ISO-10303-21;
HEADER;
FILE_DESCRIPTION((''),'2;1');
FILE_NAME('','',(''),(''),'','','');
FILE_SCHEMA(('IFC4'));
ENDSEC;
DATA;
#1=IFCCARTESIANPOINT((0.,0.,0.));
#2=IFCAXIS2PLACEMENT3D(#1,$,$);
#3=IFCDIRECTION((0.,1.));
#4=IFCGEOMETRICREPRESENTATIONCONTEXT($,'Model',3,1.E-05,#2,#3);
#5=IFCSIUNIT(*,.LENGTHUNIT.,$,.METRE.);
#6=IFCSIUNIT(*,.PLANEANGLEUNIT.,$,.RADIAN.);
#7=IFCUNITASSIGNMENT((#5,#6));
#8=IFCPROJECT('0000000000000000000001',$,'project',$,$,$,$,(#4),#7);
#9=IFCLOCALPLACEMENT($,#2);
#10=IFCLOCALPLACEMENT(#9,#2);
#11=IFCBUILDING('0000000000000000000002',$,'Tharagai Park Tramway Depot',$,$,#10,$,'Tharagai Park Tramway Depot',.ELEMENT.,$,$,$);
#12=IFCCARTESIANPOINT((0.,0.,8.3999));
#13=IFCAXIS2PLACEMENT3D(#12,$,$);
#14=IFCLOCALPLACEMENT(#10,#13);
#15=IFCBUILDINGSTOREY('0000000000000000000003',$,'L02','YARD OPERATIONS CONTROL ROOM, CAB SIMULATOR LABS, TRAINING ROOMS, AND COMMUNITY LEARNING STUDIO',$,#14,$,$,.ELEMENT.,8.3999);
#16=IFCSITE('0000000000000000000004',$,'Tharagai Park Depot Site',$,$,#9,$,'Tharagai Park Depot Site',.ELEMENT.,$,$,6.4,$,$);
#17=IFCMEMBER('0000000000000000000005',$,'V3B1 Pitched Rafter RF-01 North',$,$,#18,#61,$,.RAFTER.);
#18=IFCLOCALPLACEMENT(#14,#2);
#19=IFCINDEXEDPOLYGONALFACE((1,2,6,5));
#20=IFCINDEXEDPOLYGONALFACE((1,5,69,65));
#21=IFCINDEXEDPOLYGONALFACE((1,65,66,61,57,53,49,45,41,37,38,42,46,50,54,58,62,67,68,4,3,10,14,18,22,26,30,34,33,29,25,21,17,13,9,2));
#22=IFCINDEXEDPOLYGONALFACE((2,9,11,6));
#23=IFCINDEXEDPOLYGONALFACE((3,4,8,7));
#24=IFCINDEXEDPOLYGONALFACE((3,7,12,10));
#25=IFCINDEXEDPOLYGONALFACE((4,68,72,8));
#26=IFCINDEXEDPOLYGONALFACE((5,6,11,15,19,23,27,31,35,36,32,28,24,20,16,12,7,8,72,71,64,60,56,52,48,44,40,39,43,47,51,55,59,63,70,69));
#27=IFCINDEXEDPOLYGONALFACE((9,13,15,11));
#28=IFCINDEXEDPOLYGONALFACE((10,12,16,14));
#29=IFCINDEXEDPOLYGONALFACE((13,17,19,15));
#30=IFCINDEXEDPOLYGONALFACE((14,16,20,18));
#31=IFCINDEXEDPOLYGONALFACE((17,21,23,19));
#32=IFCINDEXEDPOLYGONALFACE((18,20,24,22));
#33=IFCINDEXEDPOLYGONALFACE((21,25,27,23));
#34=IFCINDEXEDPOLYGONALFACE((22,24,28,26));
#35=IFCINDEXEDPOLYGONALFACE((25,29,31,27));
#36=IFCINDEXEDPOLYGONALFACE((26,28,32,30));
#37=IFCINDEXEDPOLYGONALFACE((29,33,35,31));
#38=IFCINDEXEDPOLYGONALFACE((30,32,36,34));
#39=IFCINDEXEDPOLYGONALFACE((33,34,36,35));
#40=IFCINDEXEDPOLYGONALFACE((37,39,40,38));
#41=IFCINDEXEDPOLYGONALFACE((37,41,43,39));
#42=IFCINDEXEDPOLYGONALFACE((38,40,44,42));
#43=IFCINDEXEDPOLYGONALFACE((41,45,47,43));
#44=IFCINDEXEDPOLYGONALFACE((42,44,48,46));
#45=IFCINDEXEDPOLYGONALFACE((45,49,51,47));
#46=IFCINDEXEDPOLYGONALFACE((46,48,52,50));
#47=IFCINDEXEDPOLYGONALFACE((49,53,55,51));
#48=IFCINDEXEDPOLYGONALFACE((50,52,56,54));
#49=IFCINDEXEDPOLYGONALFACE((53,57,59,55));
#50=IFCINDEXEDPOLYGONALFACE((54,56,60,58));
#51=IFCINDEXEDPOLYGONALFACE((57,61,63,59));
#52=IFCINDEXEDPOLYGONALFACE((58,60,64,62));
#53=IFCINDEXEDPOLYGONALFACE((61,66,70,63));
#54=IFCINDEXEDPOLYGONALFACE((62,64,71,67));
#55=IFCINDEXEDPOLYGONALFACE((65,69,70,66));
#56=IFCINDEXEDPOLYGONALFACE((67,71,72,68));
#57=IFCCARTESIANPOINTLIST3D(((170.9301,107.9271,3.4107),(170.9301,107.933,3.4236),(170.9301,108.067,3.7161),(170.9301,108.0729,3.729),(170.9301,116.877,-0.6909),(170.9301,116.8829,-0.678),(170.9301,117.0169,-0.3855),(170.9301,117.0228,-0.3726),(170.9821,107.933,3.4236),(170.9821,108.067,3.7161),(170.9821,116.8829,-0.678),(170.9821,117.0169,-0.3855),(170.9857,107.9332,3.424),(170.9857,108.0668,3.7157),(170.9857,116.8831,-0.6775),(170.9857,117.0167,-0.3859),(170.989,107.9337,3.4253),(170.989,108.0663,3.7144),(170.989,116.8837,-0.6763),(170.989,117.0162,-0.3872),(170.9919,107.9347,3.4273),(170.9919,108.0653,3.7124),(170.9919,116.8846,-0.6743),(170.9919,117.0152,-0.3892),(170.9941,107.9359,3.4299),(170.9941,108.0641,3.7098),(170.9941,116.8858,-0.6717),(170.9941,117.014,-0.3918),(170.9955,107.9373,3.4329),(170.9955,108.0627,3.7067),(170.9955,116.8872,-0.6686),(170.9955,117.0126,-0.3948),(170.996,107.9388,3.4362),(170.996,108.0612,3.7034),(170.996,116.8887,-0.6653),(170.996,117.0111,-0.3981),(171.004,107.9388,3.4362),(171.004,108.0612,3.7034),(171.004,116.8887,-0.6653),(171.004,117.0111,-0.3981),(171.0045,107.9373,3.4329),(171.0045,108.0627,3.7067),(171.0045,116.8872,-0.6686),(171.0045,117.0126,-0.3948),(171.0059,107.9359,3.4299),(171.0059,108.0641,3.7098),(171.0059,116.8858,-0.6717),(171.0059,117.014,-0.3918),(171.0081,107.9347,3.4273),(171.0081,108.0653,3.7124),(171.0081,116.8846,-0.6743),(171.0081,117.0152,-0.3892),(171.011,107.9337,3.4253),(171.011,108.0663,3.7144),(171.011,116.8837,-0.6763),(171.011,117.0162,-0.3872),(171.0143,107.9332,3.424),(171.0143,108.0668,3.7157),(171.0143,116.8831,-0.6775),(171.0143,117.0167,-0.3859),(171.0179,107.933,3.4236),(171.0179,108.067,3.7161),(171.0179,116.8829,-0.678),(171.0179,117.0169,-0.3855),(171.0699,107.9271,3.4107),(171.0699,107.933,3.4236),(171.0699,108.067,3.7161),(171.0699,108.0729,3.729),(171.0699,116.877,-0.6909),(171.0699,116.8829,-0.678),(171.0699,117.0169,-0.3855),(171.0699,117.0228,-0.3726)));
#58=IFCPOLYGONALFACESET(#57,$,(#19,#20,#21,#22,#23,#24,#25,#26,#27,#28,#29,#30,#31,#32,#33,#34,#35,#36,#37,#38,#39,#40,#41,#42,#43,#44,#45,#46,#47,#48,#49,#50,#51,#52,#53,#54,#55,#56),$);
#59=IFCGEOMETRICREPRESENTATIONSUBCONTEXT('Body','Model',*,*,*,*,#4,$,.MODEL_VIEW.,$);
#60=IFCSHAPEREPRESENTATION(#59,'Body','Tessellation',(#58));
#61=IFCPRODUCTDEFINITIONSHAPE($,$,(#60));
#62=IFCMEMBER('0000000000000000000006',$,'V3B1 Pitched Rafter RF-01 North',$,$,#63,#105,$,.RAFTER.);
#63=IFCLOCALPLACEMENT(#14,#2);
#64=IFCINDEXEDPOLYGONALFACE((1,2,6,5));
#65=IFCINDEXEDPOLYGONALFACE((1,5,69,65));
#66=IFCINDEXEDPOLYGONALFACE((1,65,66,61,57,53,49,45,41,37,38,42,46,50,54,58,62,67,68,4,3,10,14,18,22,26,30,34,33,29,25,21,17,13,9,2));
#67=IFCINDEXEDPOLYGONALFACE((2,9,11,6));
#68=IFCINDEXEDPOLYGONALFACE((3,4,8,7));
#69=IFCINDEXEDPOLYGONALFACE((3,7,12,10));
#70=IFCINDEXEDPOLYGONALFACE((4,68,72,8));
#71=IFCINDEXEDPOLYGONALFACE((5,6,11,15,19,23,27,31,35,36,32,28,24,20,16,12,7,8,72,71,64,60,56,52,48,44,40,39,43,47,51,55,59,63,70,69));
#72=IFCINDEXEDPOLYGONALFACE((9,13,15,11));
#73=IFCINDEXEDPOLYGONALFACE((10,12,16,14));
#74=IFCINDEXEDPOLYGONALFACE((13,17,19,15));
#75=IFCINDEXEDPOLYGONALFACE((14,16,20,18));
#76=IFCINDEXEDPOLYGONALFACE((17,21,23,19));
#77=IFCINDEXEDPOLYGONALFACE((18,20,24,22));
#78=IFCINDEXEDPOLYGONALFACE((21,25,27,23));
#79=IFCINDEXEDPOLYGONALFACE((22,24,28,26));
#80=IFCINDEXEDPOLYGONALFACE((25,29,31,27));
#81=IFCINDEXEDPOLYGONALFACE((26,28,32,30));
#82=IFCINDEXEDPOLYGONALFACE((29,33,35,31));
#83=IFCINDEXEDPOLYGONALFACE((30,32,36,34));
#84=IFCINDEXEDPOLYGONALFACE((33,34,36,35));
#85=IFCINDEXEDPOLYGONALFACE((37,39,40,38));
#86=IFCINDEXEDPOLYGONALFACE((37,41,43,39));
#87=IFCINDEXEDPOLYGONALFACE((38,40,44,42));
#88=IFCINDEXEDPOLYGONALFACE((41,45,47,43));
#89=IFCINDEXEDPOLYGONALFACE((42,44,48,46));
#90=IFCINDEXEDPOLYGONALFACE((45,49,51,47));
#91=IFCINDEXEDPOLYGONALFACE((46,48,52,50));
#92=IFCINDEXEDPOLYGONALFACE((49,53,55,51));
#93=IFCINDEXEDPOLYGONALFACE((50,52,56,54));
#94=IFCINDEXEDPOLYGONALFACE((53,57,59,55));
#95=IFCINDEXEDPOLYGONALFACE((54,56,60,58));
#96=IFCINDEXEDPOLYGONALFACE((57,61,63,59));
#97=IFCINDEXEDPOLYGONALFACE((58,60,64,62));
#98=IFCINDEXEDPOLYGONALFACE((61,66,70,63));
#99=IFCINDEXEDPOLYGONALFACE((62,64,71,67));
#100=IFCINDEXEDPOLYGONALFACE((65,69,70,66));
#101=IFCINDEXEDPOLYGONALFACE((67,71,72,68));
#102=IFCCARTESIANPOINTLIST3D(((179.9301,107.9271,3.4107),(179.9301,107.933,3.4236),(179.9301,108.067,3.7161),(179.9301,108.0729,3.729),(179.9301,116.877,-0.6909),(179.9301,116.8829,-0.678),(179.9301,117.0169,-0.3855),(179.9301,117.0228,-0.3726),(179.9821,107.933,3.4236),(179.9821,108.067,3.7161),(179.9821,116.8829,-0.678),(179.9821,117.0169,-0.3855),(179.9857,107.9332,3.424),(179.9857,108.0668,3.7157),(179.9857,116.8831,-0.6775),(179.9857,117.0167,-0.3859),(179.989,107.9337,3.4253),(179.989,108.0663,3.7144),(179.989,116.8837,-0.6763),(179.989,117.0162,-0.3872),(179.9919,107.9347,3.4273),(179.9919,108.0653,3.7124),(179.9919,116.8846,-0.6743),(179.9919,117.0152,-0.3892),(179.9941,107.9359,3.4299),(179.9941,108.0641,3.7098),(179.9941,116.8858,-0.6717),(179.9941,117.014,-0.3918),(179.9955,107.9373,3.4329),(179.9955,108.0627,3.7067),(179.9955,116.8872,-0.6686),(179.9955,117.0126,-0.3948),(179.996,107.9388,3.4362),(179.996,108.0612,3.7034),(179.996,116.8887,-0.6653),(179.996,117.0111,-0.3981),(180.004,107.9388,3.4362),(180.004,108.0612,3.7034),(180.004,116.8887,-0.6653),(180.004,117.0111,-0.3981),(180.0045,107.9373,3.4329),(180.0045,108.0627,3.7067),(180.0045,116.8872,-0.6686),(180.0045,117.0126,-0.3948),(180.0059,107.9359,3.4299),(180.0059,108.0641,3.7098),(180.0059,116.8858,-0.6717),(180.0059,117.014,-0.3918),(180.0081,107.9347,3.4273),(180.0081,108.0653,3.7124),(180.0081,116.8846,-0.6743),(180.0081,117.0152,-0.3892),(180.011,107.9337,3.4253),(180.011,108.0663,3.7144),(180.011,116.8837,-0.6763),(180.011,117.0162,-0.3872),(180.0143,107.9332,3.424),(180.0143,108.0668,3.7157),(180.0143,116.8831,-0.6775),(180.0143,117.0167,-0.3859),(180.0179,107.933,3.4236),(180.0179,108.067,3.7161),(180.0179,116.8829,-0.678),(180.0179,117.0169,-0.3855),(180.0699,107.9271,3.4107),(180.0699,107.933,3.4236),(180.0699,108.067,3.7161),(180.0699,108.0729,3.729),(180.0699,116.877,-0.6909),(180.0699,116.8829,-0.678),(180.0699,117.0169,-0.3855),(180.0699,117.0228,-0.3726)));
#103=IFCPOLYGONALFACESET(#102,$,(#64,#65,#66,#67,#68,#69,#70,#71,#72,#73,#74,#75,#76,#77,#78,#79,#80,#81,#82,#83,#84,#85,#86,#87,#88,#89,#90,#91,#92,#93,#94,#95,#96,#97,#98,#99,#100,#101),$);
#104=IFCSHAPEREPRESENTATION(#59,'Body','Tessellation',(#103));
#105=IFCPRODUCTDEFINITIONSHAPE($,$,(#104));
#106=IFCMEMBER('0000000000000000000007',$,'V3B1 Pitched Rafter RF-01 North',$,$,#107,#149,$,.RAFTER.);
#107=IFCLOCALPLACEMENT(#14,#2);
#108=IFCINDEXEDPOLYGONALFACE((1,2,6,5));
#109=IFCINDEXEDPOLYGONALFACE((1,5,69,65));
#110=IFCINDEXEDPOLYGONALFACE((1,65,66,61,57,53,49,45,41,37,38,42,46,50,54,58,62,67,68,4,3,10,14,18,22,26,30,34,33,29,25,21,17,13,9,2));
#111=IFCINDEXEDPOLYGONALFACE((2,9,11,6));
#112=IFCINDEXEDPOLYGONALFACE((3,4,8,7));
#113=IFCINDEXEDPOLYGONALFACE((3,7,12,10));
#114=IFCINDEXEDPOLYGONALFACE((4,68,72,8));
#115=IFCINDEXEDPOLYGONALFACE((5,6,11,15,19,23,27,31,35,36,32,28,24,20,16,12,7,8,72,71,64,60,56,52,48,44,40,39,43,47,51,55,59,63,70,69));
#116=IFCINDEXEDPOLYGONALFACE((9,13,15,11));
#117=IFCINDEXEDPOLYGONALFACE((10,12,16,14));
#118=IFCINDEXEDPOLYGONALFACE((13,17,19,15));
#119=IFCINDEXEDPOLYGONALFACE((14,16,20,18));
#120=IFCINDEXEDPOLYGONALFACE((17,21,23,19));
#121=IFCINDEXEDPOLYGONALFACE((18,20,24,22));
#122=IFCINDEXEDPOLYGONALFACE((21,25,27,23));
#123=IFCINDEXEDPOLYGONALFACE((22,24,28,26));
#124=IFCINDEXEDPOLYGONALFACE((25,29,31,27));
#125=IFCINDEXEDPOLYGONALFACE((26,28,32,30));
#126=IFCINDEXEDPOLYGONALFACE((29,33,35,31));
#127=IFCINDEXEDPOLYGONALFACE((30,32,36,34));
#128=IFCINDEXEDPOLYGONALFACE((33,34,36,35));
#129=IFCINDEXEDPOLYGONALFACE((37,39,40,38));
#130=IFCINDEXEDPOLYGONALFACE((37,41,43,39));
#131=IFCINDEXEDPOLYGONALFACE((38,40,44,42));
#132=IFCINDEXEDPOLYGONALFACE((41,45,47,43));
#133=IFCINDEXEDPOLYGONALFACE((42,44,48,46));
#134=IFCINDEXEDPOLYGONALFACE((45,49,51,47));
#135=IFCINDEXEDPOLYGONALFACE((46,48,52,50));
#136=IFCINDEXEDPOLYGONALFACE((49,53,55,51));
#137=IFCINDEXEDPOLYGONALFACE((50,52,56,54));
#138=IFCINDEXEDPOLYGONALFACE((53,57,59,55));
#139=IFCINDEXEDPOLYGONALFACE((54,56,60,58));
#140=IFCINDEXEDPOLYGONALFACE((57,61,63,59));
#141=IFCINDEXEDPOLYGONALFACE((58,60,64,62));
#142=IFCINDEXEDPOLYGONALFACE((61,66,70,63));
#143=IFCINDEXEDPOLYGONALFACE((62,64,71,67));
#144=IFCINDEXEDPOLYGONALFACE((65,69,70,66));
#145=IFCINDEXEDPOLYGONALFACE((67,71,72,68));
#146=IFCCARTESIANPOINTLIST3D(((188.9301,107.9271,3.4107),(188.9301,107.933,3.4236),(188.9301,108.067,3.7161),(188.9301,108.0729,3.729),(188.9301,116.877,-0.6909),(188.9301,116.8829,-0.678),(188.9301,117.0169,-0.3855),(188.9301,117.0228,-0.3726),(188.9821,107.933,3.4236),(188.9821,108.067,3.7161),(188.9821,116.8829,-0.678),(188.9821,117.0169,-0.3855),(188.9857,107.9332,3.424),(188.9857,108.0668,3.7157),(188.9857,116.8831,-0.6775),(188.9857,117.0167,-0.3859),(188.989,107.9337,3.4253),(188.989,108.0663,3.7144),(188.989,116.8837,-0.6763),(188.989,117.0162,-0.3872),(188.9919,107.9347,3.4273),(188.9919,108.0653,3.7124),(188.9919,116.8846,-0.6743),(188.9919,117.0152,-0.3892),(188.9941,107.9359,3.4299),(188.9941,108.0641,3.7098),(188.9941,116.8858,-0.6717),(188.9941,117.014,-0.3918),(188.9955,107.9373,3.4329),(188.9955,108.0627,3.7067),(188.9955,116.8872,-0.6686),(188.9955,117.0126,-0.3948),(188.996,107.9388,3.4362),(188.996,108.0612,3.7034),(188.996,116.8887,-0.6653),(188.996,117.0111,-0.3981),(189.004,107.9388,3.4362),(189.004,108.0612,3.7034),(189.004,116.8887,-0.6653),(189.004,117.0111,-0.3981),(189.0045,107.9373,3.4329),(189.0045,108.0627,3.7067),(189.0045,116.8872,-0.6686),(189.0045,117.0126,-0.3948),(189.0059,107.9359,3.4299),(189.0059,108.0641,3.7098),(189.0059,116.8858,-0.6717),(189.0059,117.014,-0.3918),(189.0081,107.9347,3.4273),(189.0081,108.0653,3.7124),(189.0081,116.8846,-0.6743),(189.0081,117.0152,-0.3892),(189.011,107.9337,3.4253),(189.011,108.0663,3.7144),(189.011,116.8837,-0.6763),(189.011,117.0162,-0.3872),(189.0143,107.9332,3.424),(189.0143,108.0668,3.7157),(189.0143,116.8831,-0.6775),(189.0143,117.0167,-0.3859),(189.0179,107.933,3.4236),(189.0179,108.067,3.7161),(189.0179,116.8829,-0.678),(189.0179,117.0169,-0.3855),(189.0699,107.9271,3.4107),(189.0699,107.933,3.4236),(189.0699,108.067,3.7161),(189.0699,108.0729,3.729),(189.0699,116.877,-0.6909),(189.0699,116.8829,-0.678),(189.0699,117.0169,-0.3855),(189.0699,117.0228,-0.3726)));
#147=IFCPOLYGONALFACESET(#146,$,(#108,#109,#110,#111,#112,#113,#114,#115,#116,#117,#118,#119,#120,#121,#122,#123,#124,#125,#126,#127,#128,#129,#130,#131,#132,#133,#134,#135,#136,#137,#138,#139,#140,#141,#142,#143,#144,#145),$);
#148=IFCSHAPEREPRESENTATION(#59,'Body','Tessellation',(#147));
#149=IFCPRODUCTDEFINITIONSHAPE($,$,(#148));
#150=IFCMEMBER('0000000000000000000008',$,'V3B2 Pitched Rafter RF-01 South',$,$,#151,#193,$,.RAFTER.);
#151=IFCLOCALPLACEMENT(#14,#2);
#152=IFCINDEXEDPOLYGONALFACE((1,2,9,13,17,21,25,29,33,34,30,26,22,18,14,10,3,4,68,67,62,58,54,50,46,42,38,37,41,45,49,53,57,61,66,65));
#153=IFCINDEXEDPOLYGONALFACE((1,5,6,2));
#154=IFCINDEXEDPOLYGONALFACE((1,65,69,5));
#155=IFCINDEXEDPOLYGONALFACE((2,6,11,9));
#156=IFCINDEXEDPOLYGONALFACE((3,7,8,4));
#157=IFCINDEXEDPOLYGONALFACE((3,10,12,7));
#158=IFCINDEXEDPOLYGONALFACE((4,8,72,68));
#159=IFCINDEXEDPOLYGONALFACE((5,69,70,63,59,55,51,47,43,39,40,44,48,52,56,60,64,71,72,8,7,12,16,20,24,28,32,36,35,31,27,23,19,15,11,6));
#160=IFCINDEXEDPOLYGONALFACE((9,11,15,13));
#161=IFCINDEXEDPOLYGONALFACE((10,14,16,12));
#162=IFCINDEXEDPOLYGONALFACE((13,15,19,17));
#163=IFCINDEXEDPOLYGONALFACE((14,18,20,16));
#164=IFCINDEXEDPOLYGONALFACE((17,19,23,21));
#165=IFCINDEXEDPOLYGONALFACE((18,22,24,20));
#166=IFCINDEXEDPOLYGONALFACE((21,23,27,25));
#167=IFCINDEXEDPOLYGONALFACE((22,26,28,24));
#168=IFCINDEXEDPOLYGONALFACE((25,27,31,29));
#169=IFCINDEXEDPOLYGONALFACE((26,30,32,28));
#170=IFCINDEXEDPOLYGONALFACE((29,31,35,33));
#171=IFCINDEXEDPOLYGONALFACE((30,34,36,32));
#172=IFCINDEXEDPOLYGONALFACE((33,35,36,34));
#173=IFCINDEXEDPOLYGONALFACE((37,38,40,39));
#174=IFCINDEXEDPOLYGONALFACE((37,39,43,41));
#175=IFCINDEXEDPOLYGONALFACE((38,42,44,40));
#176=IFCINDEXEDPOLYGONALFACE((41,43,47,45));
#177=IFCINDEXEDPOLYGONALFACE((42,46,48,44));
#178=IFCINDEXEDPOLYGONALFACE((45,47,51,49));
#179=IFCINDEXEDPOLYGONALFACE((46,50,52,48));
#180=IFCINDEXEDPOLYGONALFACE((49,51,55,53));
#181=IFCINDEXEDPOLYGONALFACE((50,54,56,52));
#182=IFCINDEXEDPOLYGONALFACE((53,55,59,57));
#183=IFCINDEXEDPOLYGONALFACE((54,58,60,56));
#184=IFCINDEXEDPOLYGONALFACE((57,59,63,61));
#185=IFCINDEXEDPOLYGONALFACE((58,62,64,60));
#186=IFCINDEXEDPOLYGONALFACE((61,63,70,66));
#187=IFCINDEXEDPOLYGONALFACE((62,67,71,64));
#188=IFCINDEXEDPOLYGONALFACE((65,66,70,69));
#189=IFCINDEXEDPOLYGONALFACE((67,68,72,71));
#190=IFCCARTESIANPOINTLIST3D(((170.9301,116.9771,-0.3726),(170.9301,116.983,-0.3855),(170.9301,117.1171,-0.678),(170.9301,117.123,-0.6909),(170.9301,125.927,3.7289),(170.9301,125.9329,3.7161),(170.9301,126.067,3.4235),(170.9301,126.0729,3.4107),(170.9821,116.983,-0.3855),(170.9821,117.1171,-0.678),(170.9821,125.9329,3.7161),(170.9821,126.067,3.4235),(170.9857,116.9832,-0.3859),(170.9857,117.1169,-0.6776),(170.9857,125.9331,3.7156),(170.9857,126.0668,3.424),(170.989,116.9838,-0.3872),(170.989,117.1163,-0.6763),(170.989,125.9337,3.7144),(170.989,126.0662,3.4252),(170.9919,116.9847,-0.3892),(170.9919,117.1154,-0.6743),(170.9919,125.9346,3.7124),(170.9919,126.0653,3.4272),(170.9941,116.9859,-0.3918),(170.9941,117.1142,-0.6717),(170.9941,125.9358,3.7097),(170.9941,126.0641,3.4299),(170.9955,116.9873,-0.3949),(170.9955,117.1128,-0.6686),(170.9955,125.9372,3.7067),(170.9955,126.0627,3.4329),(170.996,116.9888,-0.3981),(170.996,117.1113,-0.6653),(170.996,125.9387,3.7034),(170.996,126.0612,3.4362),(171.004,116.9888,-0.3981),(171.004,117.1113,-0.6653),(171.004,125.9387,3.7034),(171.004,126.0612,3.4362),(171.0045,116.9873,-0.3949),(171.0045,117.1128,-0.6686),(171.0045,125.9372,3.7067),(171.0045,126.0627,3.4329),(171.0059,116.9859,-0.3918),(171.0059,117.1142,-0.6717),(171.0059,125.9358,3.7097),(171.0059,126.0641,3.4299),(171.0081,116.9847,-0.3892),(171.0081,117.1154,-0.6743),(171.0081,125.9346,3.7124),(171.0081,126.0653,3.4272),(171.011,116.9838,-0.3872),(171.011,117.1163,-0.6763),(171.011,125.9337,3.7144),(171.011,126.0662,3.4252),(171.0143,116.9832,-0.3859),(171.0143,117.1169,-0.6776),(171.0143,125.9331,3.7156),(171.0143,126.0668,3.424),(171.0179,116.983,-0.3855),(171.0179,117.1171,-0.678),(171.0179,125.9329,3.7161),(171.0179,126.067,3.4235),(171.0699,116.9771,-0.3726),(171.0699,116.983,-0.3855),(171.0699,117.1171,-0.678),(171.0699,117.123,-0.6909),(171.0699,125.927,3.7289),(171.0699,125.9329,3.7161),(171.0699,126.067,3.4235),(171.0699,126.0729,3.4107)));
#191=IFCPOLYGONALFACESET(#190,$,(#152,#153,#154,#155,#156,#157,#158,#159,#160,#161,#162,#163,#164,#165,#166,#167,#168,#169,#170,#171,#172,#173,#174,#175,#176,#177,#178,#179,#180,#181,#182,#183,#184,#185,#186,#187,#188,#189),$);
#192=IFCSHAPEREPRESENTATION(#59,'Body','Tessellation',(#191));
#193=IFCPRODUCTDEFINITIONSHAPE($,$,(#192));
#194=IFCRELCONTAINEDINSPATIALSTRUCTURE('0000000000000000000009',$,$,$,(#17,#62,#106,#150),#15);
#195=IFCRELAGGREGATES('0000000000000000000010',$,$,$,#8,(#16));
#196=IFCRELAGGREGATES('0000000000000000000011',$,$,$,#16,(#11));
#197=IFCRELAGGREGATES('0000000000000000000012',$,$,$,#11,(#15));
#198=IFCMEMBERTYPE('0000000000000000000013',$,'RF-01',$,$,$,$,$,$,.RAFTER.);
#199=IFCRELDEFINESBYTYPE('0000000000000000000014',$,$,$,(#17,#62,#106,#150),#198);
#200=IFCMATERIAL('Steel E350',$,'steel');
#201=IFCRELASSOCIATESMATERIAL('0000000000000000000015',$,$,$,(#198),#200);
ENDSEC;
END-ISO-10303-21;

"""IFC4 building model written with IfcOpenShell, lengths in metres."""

from ifc_helpers import new_model, si_unit, direction, frame, origin, origin_2d, place, context, subcontext, project, spatial, i_section, extrude, material, material_profile, profile_set, type_object, element, save


model = new_model("IFC4")

# Units and contexts
model_context = context("Model", 3, precision=1e-05, world=origin(), true_north=direction((0.0, 1.0)))
body_context = subcontext(model_context, "Body", "Model", "MODEL_VIEW")
ifc_project = project(units=[si_unit("LENGTHUNIT", "METRE"), si_unit("PLANEANGLEUNIT", "RADIAN")], contexts=[model_context])

# Site, building, storey
site_placement = place(None, origin())
site = spatial("IfcSite", under=ifc_project, at=site_placement, Name="Tharagai Park Depot Site", LongName="Tharagai Park Depot Site", CompositionType="ELEMENT", RefElevation=6.4)
building_placement = place(site_placement, origin())
building = spatial("IfcBuilding", under=site, at=building_placement, Name="Tharagai Park Tramway Depot", LongName="Tharagai Park Tramway Depot", CompositionType="ELEMENT")
storey_placement = place(building_placement, frame((0.0, 0.0, 8.3999)))
storey = spatial("IfcBuildingStorey", under=building, at=storey_placement, Name="L02", Description="YARD OPERATIONS CONTROL ROOM, CAB SIMULATOR LABS, TRAINING ROOMS, AND COMMUNITY LEARNING STUDIO", CompositionType="ELEMENT", Elevation=8.3999)

# Shared definitions
ifc_material_1 = material(Name="Steel E350", Category="steel")

# Members
ifc_material_profile_1 = material_profile(ifc_material_1, i_section(OverallWidth=0.1399, OverallDepth=0.3501, WebThickness=0.0081, FlangeThickness=0.0142, FilletRadius=0.0139, at=origin_2d()), Name="ISMB 350")
ifc_profile_set_1 = profile_set([ifc_material_profile_1], Name="Steel E350")
member_type_1 = type_object("IfcMemberType", Name="RF-01", PredefinedType="RAFTER", material=ifc_profile_set_1)
for number, where, z_axis, x_axis, name in (
    (1, (171.0, 108.0, 3.5698), (0.0, 0.909084, -0.416613), (-1.0, 0.0, 0.0), "V3B1 Pitched Rafter RF-01 North"),
    (2, (180.0, 108.0, 3.5698), (0.0, 0.909084, -0.416613), (-1.0, 0.0, 0.0), "V3B1 Pitched Rafter RF-01 North"),
    (3, (189.0, 108.0, 3.5698), (0.0, 0.909084, -0.416613), (-1.0, 0.0, 0.0), "V3B1 Pitched Rafter RF-01 North"),
    (4, (171.0, 117.05, -0.5317), (0.0, 0.909084, 0.416613), (-1.0, 0.0, 0.0), "V3B2 Pitched Rafter RF-01 South"),
):
    element("IfcMember", number, at=place(storey_placement, frame(where, z_axis=z_axis, x_axis=x_axis)), inside=storey, type_object=member_type_1, Name=name, PredefinedType="RAFTER", context=body_context, shape_type="SweptSolid", body=[
        extrude(i_section(OverallWidth=0.1399, OverallDepth=0.3501, WebThickness=0.0081, FlangeThickness=0.0142, FilletRadius=0.0139, at=origin_2d()), origin(), (0.0, 0.0, 1.0), 9.845),
    ])

save(model, "model.ifc")
